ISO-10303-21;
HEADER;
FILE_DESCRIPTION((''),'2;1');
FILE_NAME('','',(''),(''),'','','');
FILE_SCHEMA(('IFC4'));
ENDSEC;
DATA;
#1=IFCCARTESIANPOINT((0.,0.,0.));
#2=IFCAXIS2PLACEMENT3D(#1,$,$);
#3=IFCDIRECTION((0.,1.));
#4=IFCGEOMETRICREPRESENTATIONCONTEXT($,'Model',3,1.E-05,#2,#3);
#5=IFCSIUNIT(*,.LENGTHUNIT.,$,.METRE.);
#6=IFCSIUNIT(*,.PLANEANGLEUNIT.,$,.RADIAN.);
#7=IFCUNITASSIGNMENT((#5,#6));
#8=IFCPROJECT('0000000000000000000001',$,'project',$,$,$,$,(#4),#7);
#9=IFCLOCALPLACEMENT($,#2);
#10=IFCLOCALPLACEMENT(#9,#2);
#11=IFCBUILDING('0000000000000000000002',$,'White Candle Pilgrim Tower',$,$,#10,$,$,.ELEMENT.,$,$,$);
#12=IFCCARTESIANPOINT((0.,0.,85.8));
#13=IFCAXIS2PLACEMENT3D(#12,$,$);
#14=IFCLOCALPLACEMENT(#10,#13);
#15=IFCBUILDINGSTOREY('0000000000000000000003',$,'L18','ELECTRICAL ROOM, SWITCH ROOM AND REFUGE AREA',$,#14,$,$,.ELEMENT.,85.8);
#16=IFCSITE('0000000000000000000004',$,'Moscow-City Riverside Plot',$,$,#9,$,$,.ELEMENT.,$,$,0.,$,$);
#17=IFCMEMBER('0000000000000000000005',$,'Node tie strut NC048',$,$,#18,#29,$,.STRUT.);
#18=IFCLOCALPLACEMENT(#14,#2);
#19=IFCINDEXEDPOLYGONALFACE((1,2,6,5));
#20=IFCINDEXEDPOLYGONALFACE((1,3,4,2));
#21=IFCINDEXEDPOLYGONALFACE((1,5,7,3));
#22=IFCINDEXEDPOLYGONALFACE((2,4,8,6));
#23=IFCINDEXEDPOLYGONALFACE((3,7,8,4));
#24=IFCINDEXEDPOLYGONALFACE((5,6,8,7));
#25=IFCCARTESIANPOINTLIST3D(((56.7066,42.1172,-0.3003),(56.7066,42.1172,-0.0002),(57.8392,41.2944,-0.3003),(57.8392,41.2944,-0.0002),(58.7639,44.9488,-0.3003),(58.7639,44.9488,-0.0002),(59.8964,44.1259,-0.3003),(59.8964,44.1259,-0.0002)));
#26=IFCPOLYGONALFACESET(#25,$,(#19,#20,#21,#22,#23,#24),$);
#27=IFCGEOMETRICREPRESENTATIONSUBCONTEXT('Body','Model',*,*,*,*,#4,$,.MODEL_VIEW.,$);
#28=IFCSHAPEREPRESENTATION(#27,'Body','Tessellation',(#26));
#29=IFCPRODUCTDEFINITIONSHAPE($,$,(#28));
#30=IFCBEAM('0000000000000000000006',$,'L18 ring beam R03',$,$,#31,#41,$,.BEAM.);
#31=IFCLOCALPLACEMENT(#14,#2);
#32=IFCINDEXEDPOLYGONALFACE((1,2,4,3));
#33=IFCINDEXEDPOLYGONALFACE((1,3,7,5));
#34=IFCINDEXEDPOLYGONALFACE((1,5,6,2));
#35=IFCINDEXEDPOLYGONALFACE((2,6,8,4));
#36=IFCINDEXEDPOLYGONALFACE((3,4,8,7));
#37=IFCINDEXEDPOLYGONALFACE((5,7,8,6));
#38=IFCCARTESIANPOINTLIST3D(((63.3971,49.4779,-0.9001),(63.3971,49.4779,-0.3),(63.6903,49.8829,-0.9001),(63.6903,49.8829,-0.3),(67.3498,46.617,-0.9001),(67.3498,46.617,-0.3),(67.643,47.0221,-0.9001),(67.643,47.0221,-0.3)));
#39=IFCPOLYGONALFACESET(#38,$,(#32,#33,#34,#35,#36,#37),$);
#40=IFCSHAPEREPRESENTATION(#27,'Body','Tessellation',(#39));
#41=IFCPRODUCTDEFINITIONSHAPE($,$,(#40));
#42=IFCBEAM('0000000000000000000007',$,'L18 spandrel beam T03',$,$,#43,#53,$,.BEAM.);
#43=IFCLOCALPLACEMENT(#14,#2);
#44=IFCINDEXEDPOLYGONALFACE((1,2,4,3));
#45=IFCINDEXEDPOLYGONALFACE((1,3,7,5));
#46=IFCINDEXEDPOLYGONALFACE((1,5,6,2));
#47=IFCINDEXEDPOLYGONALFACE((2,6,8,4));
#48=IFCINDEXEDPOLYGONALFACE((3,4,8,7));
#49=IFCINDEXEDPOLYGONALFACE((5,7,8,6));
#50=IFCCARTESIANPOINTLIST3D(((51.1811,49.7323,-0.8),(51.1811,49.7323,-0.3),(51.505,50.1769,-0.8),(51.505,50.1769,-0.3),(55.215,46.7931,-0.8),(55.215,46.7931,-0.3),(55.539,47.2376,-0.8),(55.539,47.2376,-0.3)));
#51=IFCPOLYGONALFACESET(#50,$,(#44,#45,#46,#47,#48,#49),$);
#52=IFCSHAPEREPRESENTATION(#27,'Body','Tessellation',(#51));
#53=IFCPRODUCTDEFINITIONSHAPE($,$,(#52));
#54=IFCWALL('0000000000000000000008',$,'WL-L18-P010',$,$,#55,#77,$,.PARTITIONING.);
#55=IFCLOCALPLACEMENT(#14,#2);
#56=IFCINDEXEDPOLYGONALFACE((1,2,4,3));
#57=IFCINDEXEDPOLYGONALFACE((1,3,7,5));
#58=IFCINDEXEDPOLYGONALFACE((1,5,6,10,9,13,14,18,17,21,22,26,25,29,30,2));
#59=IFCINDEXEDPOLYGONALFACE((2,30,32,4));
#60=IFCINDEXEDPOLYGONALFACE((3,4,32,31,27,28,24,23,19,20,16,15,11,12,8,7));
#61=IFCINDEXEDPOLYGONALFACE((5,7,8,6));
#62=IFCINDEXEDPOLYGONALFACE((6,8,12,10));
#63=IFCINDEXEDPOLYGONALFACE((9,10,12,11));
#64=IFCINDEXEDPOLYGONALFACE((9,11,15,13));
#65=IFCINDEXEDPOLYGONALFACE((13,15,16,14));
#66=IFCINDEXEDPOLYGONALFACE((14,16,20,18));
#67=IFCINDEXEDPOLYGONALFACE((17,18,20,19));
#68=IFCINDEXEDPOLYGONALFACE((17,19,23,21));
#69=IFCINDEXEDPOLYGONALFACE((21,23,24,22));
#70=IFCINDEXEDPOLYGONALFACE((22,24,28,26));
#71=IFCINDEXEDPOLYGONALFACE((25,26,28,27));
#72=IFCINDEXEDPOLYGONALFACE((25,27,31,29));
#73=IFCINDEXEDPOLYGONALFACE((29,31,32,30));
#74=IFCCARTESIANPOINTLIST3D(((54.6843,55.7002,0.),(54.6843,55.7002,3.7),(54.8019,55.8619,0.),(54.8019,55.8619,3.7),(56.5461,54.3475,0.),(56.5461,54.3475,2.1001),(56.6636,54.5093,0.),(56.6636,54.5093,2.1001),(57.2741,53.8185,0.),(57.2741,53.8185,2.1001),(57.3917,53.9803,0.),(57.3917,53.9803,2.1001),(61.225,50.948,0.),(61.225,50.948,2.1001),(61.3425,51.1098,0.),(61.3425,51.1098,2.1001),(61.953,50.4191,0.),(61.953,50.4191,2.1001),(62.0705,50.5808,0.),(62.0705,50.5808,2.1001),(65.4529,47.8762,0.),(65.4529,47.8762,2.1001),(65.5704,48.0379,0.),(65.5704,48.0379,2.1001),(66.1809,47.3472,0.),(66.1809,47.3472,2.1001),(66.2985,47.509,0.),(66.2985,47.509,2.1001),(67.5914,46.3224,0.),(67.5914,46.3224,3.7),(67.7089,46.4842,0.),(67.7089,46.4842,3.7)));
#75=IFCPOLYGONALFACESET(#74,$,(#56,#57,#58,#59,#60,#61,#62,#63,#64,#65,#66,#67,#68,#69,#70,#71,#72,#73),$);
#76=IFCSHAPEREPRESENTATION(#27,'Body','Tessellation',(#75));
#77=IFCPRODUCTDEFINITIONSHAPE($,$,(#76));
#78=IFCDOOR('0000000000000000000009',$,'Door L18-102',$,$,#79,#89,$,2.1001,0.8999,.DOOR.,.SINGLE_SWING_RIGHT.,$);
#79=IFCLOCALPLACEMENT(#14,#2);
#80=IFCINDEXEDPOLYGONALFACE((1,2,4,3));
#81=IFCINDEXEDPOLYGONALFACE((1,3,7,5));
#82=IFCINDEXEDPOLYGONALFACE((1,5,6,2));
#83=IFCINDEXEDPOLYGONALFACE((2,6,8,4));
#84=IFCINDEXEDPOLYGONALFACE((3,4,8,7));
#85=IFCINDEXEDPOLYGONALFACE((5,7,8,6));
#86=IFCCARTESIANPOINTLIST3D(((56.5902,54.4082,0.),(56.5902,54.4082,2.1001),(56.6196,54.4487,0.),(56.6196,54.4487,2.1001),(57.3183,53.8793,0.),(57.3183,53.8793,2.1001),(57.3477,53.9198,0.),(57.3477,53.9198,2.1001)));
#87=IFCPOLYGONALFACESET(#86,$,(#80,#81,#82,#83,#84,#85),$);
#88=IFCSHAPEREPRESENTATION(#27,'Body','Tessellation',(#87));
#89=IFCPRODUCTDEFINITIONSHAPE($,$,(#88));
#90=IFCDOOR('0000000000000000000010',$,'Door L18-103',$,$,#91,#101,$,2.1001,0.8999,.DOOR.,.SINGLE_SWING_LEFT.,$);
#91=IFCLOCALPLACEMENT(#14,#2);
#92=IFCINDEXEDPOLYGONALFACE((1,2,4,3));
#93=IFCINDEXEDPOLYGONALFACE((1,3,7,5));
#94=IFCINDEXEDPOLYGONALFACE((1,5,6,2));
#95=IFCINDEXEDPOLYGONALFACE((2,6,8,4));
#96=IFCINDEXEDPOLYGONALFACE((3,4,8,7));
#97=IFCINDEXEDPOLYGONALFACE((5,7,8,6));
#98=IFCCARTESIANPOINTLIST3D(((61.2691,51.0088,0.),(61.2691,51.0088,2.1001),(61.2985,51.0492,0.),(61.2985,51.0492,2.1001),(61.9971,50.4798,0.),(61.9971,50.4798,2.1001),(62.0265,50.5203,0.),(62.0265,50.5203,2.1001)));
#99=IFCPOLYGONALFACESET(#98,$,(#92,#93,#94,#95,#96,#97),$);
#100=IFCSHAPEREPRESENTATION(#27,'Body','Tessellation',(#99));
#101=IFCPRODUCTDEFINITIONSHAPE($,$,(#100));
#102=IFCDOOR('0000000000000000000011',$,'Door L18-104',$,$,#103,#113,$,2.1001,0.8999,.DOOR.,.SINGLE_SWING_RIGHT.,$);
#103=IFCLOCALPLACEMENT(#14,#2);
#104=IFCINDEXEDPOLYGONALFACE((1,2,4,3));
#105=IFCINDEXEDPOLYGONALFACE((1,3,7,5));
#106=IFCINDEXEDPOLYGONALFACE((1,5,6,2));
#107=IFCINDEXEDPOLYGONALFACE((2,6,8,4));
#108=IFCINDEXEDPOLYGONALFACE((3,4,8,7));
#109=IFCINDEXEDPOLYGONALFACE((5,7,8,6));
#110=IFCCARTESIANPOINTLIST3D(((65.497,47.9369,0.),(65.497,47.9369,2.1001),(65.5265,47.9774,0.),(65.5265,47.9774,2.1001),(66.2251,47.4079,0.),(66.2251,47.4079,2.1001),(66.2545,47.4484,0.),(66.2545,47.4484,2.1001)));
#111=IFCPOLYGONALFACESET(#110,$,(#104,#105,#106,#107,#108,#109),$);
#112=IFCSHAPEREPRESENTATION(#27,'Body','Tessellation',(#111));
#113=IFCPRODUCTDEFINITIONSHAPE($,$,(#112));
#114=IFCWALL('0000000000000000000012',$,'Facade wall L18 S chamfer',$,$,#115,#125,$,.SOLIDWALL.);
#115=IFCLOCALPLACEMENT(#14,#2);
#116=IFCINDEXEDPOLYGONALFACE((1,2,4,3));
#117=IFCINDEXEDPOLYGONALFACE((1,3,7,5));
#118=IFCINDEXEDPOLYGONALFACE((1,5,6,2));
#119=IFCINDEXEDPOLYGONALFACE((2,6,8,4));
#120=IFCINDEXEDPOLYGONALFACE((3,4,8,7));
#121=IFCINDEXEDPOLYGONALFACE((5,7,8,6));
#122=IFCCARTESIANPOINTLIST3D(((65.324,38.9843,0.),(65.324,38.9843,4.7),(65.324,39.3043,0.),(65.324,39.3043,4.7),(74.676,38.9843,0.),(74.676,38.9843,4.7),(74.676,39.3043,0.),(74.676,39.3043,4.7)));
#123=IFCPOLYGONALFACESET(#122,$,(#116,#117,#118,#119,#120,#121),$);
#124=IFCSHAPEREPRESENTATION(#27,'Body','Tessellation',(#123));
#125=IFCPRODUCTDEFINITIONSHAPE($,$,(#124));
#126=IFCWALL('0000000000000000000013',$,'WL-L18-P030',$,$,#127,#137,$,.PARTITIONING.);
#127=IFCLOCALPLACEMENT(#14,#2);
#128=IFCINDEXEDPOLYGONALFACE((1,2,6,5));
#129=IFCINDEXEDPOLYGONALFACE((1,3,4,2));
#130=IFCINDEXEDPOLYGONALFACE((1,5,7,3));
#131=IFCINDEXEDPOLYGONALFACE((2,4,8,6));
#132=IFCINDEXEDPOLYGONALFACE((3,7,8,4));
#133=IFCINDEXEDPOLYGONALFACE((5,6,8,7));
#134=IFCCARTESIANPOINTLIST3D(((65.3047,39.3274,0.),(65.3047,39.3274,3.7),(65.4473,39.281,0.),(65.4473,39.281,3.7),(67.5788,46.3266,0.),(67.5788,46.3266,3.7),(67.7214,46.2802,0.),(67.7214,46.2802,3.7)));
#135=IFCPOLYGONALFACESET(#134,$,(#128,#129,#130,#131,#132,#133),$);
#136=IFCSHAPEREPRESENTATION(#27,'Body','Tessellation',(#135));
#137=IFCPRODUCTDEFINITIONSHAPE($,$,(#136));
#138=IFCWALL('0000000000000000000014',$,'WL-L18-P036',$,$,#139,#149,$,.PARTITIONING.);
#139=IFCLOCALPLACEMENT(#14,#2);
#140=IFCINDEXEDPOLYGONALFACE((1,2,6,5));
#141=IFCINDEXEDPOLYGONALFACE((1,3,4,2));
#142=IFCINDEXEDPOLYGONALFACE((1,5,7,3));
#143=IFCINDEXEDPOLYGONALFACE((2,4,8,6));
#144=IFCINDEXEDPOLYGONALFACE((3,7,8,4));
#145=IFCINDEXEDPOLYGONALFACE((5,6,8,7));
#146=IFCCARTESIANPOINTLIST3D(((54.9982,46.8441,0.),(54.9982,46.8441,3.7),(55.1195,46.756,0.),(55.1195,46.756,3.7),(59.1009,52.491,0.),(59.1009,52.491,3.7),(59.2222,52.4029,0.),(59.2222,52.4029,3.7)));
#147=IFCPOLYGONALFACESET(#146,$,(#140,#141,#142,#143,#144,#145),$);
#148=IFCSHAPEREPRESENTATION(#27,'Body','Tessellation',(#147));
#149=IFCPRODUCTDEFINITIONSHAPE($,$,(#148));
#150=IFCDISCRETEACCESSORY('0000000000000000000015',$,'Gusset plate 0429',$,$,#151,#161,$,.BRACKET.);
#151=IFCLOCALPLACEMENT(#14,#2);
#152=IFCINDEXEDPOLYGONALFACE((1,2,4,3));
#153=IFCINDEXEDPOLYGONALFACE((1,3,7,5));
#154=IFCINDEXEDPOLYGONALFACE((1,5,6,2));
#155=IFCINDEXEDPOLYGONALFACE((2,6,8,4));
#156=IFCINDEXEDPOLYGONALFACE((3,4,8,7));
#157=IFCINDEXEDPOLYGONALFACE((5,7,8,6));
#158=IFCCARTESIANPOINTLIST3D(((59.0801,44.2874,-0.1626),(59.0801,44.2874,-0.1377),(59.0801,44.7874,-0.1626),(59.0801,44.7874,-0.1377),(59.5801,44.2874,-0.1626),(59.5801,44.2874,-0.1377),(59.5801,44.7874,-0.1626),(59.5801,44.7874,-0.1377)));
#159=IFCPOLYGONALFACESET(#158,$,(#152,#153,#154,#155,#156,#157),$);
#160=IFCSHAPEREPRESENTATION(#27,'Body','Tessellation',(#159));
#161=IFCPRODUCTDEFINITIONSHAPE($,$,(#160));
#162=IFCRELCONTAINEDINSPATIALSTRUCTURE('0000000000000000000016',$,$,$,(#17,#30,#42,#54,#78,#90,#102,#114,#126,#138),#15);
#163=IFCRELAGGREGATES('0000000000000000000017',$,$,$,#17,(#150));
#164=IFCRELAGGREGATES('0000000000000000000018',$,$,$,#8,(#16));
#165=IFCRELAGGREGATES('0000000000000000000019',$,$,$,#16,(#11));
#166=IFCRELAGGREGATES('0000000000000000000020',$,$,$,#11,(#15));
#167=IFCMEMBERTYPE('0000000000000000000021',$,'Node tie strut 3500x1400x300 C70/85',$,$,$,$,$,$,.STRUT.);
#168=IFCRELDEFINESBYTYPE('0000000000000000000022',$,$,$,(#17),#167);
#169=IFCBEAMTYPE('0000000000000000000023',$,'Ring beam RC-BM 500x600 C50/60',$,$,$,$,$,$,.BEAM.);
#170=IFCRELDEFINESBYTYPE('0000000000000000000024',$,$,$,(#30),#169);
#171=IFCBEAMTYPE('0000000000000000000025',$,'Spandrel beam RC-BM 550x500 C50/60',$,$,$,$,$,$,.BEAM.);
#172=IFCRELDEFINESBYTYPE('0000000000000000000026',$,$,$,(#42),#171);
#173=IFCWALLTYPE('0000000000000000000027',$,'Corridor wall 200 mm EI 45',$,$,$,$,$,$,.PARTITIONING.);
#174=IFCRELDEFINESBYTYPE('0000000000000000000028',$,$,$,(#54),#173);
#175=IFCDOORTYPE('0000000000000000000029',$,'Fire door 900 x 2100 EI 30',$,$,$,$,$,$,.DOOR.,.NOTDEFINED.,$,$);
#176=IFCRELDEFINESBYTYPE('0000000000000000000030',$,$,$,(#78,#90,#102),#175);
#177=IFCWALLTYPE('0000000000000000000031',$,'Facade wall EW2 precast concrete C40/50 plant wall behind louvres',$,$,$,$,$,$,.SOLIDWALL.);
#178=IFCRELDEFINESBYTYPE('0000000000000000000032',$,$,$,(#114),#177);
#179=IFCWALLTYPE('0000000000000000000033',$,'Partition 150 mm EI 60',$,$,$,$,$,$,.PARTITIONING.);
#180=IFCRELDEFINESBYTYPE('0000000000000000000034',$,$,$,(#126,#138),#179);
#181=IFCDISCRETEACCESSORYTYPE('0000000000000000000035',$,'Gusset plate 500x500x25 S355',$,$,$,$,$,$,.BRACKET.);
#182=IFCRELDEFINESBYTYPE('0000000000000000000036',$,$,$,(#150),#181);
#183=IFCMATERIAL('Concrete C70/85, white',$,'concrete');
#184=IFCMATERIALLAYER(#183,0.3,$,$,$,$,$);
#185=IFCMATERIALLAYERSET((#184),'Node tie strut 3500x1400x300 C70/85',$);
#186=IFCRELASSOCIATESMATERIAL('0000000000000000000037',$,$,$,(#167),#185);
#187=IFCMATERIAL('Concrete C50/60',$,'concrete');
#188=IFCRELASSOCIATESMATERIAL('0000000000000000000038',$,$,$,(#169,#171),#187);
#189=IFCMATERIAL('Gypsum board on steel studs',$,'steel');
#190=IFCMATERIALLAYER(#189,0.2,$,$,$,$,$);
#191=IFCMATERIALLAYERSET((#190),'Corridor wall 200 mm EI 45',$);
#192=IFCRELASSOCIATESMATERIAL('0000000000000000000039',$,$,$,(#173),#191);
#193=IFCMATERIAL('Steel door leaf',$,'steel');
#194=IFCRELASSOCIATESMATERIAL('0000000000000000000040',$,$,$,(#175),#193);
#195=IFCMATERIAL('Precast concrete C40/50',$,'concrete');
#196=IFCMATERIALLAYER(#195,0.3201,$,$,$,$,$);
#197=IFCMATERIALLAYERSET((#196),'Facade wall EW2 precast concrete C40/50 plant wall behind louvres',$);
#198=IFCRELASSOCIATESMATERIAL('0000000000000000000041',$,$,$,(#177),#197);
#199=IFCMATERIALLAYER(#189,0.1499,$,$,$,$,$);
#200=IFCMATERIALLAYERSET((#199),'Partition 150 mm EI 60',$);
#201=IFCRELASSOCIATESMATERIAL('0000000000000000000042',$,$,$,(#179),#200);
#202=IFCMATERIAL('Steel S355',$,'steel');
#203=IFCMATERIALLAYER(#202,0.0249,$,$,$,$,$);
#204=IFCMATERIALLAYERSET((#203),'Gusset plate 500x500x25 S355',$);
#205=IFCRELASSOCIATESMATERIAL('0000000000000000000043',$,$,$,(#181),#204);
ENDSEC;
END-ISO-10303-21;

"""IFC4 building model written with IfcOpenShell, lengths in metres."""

from ifc_helpers import new_model, si_unit, direction, frame, frame_2d, origin, origin_2d, place, context, subcontext, project, spatial, rectangle, extrude, material, layer, layer_set, material_profile, profile_set, type_object, element, fill, aggregate, save


model = new_model("IFC4")

# Units and contexts
model_context = context("Model", 3, precision=1e-05, world=origin(), true_north=direction((0.0, 1.0)))
body_context = subcontext(model_context, "Body", "Model", "MODEL_VIEW")
ifc_project = project(units=[si_unit("LENGTHUNIT", "METRE"), si_unit("PLANEANGLEUNIT", "RADIAN")], contexts=[model_context])

# Site, building, storey
site_placement = place(None, origin())
site = spatial("IfcSite", under=ifc_project, at=site_placement, Name="Moscow-City Riverside Plot", CompositionType="ELEMENT", RefElevation=0.0)
building_placement = place(site_placement, origin())
building = spatial("IfcBuilding", under=site, at=building_placement, Name="White Candle Pilgrim Tower", CompositionType="ELEMENT")
storey_placement = place(building_placement, frame((0.0, 0.0, 85.8)))
storey = spatial("IfcBuildingStorey", under=building, at=storey_placement, Name="L18", Description="ELECTRICAL ROOM, SWITCH ROOM AND REFUGE AREA", CompositionType="ELEMENT", Elevation=85.8)

# Member
ifc_material_1 = material(Name="Steel S355", Category="steel")
ifc_material_2 = material(Name="Concrete C70/85, white", Category="concrete")
ifc_layer_1 = layer(ifc_material_2, 0.3)
ifc_layer_set_1 = layer_set([ifc_layer_1], Name="Node tie strut 3500x1400x300 C70/85")
member_type_1 = type_object("IfcMemberType", Name="Node tie strut 3500x1400x300 C70/85", PredefinedType="STRUT", material=ifc_layer_set_1)
member_1_placement = place(storey_placement, frame((58.3015, 43.1216, -0.3003), z_axis=(0.0, 0.0, 1.0), x_axis=(0.809017, -0.587785, 0.0)))
member_1 = element("IfcMember", 1, at=member_1_placement, inside=storey, type_object=member_type_1, Name="Node tie strut NC048", PredefinedType="STRUT", context=body_context, shape_type="SweptSolid", body=[
    extrude(rectangle(XDim=1.3999, YDim=3.5, at=origin_2d()), origin(), (0.0, 0.0, 1.0), 0.3),
])

# Beams
ifc_material_3 = material(Name="Concrete C50/60", Category="concrete")
ifc_material_profile_1 = material_profile(ifc_material_3, rectangle(XDim=0.5, YDim=0.6001, at=origin_2d()), Name="RC-BM 500x600")
ifc_profile_set_1 = profile_set([ifc_material_profile_1], Name="Concrete C50/60")
beam_type_1 = type_object("IfcBeamType", Name="Ring beam RC-BM 500x600 C50/60", PredefinedType="BEAM", material=ifc_profile_set_1)
beam_1_placement = place(storey_placement, frame((63.5437, 49.6804, -0.6001), z_axis=(0.81008, -0.58632, 0.0), x_axis=(0.58632, 0.81008, 0.0)))
element("IfcBeam", 2, at=beam_1_placement, inside=storey, type_object=beam_type_1, Name="L18 ring beam R03", PredefinedType="BEAM", context=body_context, shape_type="SweptSolid", body=[
    extrude(rectangle(XDim=0.5, YDim=0.6001, at=origin_2d()), origin(), (0.0, 0.0, 1.0), 4.8794),
])
ifc_material_profile_2 = material_profile(ifc_material_3, rectangle(XDim=0.55, YDim=0.5, at=origin_2d()), Name="RC-BM 550x500")
ifc_profile_set_2 = profile_set([ifc_material_profile_2], Name="Concrete C50/60")
beam_type_2 = type_object("IfcBeamType", Name="Spandrel beam RC-BM 550x500 C50/60", PredefinedType="BEAM", material=ifc_profile_set_2)
beam_2_placement = place(storey_placement, frame((51.343, 49.9546, -0.55), z_axis=(0.808218, -0.588884, 0.0), x_axis=(0.588884, 0.808218, 0.0)))
element("IfcBeam", 3, at=beam_2_placement, inside=storey, type_object=beam_type_2, Name="L18 spandrel beam T03", PredefinedType="BEAM", context=body_context, shape_type="SweptSolid", body=[
    extrude(rectangle(XDim=0.55, YDim=0.5, at=origin_2d()), origin(), (0.0, 0.0, 1.0), 4.9912),
])

# Wall, openings, doors
ifc_material_4 = material(Name="Gypsum board on steel studs", Category="steel")
ifc_layer_2 = layer(ifc_material_4, 0.2)
ifc_layer_set_2 = layer_set([ifc_layer_2], Name="Corridor wall 200 mm EI 45")
wall_type_1 = type_object("IfcWallType", Name="Corridor wall 200 mm EI 45", PredefinedType="PARTITIONING", material=ifc_layer_set_2)
wall_1_placement = place(storey_placement, frame((67.6501, 46.4033, 0.0), z_axis=(0.0, 0.0, 1.0), x_axis=(-0.809011, 0.587794, 0.0)))
wall_1 = element("IfcWall", 4, at=wall_1_placement, inside=storey, type_object=wall_type_1, Name="WL-L18-P010", PredefinedType="PARTITIONING", context=body_context, shape_type="SweptSolid", body=[
    extrude(rectangle(XDim=15.9541, YDim=0.2, at=frame_2d((7.9771, 0.0))), origin(), (0.0, 0.0, 1.0), 3.7),
])
opening_1_placement = place(wall_1_placement, frame((12.7529, 0.0, 0.0)))
opening_1 = element("IfcOpeningElement", 5, at=opening_1_placement, cuts=wall_1, PredefinedType="OPENING", context=body_context, shape_type="SweptSolid", body=[
    extrude(rectangle(XDim=0.8999, YDim=2.1001, at=frame_2d((0.45, 1.05))), frame((0.0, 0.1099, 0.0), z_axis=(0.0, -1.0, 0.0), x_axis=(1.0, 0.0, 0.0)), (0.0, 0.0, 1.0), 0.22),
])
opening_2_placement = place(wall_1_placement, frame((6.9695, 0.0, 0.0)))
opening_2 = element("IfcOpeningElement", 6, at=opening_2_placement, cuts=wall_1, PredefinedType="OPENING", context=body_context, shape_type="SweptSolid", body=[
    extrude(rectangle(XDim=0.8999, YDim=2.1001, at=frame_2d((0.45, 1.05))), frame((0.0, 0.1099, 0.0), z_axis=(0.0, -1.0, 0.0), x_axis=(1.0, 0.0, 0.0)), (0.0, 0.0, 1.0), 0.22),
])
opening_3_placement = place(wall_1_placement, frame((1.7434, 0.0, 0.0)))
opening_3 = element("IfcOpeningElement", 7, at=opening_3_placement, cuts=wall_1, PredefinedType="OPENING", context=body_context, shape_type="SweptSolid", body=[
    extrude(rectangle(XDim=0.8999, YDim=2.1001, at=frame_2d((0.45, 1.05))), frame((0.0, 0.1099, 0.0), z_axis=(0.0, -1.0, 0.0), x_axis=(1.0, 0.0, 0.0)), (0.0, 0.0, 1.0), 0.22),
])
ifc_material_5 = material(Name="Steel door leaf", Category="steel")
door_type = type_object("IfcDoorType", Name="Fire door 900 x 2100 EI 30", OperationType="NOTDEFINED", PredefinedType="DOOR", material=ifc_material_5)
door_1_placement = place(opening_1_placement, origin())
door_1 = element("IfcDoor", 8, at=door_1_placement, inside=storey, type_object=door_type, Name="Door L18-102", OperationType="SINGLE_SWING_RIGHT", OverallHeight=2.1001, OverallWidth=0.8999, PredefinedType="DOOR", context=body_context, shape_type="SweptSolid", body=[
    extrude(rectangle(XDim=0.8999, YDim=2.1001, at=frame_2d((0.45, 1.05))), frame((0.0, 0.0249, 0.0), z_axis=(0.0, -1.0, 0.0), x_axis=(1.0, 0.0, 0.0)), (0.0, 0.0, 1.0), 0.05),
])
fill(opening_1, door_1)
door_2_placement = place(opening_2_placement, origin())
door_2 = element("IfcDoor", 9, at=door_2_placement, inside=storey, type_object=door_type, Name="Door L18-103", OperationType="SINGLE_SWING_LEFT", OverallHeight=2.1001, OverallWidth=0.8999, PredefinedType="DOOR", context=body_context, shape_type="SweptSolid", body=[
    extrude(rectangle(XDim=0.8999, YDim=2.1001, at=frame_2d((0.45, 1.05))), frame((0.0, 0.0249, 0.0), z_axis=(0.0, -1.0, 0.0), x_axis=(1.0, 0.0, 0.0)), (0.0, 0.0, 1.0), 0.05),
])
fill(opening_2, door_2)
door_3_placement = place(opening_3_placement, origin())
door_3 = element("IfcDoor", 10, at=door_3_placement, inside=storey, type_object=door_type, Name="Door L18-104", OperationType="SINGLE_SWING_RIGHT", OverallHeight=2.1001, OverallWidth=0.8999, PredefinedType="DOOR", context=body_context, shape_type="SweptSolid", body=[
    extrude(rectangle(XDim=0.8999, YDim=2.1001, at=frame_2d((0.45, 1.05))), frame((0.0, 0.0249, 0.0), z_axis=(0.0, -1.0, 0.0), x_axis=(1.0, 0.0, 0.0)), (0.0, 0.0, 1.0), 0.05),
])
fill(opening_3, door_3)

# Walls
ifc_material_6 = material(Name="Precast concrete C40/50", Category="concrete")
ifc_layer_3 = layer(ifc_material_6, 0.3201)
ifc_layer_set_3 = layer_set([ifc_layer_3], Name="Facade wall EW2 precast concrete C40/50 plant wall behind louvres")
wall_type_2 = type_object("IfcWallType", Name="Facade wall EW2 precast concrete C40/50 plant wall behind louvres", PredefinedType="SOLIDWALL", material=ifc_layer_set_3)
wall_2_placement = place(storey_placement, frame((65.324, 39.1443, 0.0), z_axis=(0.0, 0.0, 1.0), x_axis=(1.0, 0.0, 0.0)))
element("IfcWall", 11, at=wall_2_placement, inside=storey, type_object=wall_type_2, Name="Facade wall L18 S chamfer", PredefinedType="SOLIDWALL", context=body_context, shape_type="SweptSolid", body=[
    extrude(rectangle(XDim=9.3521, YDim=0.3201, at=frame_2d((4.676, 0.0))), origin(), (0.0, 0.0, 1.0), 4.7),
])
ifc_layer_4 = layer(ifc_material_4, 0.1499)
ifc_layer_set_4 = layer_set([ifc_layer_4], Name="Partition 150 mm EI 60")
wall_type_3 = type_object("IfcWallType", Name="Partition 150 mm EI 60", PredefinedType="PARTITIONING", material=ifc_layer_set_4)
wall_3_placement = place(storey_placement, frame((65.376, 39.3042, 0.0), z_axis=(0.0, 0.0, 1.0), x_axis=(0.309013, 0.951058, 0.0)))
element("IfcWall", 12, at=wall_3_placement, inside=storey, type_object=wall_type_3, Name="WL-L18-P030", PredefinedType="PARTITIONING", context=body_context, shape_type="SweptSolid", body=[
    extrude(rectangle(XDim=7.3594, YDim=0.1499, at=frame_2d((3.6797, 0.0))), origin(), (0.0, 0.0, 1.0), 3.7),
])
wall_4_placement = place(storey_placement, frame((55.0588, 46.8, 0.0), z_axis=(0.0, 0.0, 1.0), x_axis=(0.587787, 0.809016, 0.0)))
element("IfcWall", 13, at=wall_4_placement, inside=storey, type_object=wall_type_3, Name="WL-L18-P036", PredefinedType="PARTITIONING", context=body_context, shape_type="SweptSolid", body=[
    extrude(rectangle(XDim=6.98, YDim=0.1499, at=frame_2d((3.49, 0.0))), origin(), (0.0, 0.0, 1.0), 3.7),
])

# Discrete accessory
ifc_layer_5 = layer(ifc_material_1, 0.0249)
ifc_layer_set_5 = layer_set([ifc_layer_5], Name="Gusset plate 500x500x25 S355")
discrete_accessory_type = type_object("IfcDiscreteAccessoryType", Name="Gusset plate 500x500x25 S355", PredefinedType="BRACKET", material=ifc_layer_set_5)
discrete_accessory_1_placement = place(storey_placement, frame((59.3301, 44.5374, -0.1626), z_axis=(0.0, 0.0, 1.0), x_axis=(1.0, 0.0, 0.0)))
discrete_accessory_1 = element("IfcDiscreteAccessory", 14, at=discrete_accessory_1_placement, type_object=discrete_accessory_type, Name="Gusset plate 0429", PredefinedType="BRACKET", context=body_context, shape_type="SweptSolid", body=[
    extrude(rectangle(XDim=0.5, YDim=0.5, at=origin_2d()), origin(), (0.0, 0.0, 1.0), 0.0249),
])
aggregate(member_1, [discrete_accessory_1])

save(model, "model.ifc")
